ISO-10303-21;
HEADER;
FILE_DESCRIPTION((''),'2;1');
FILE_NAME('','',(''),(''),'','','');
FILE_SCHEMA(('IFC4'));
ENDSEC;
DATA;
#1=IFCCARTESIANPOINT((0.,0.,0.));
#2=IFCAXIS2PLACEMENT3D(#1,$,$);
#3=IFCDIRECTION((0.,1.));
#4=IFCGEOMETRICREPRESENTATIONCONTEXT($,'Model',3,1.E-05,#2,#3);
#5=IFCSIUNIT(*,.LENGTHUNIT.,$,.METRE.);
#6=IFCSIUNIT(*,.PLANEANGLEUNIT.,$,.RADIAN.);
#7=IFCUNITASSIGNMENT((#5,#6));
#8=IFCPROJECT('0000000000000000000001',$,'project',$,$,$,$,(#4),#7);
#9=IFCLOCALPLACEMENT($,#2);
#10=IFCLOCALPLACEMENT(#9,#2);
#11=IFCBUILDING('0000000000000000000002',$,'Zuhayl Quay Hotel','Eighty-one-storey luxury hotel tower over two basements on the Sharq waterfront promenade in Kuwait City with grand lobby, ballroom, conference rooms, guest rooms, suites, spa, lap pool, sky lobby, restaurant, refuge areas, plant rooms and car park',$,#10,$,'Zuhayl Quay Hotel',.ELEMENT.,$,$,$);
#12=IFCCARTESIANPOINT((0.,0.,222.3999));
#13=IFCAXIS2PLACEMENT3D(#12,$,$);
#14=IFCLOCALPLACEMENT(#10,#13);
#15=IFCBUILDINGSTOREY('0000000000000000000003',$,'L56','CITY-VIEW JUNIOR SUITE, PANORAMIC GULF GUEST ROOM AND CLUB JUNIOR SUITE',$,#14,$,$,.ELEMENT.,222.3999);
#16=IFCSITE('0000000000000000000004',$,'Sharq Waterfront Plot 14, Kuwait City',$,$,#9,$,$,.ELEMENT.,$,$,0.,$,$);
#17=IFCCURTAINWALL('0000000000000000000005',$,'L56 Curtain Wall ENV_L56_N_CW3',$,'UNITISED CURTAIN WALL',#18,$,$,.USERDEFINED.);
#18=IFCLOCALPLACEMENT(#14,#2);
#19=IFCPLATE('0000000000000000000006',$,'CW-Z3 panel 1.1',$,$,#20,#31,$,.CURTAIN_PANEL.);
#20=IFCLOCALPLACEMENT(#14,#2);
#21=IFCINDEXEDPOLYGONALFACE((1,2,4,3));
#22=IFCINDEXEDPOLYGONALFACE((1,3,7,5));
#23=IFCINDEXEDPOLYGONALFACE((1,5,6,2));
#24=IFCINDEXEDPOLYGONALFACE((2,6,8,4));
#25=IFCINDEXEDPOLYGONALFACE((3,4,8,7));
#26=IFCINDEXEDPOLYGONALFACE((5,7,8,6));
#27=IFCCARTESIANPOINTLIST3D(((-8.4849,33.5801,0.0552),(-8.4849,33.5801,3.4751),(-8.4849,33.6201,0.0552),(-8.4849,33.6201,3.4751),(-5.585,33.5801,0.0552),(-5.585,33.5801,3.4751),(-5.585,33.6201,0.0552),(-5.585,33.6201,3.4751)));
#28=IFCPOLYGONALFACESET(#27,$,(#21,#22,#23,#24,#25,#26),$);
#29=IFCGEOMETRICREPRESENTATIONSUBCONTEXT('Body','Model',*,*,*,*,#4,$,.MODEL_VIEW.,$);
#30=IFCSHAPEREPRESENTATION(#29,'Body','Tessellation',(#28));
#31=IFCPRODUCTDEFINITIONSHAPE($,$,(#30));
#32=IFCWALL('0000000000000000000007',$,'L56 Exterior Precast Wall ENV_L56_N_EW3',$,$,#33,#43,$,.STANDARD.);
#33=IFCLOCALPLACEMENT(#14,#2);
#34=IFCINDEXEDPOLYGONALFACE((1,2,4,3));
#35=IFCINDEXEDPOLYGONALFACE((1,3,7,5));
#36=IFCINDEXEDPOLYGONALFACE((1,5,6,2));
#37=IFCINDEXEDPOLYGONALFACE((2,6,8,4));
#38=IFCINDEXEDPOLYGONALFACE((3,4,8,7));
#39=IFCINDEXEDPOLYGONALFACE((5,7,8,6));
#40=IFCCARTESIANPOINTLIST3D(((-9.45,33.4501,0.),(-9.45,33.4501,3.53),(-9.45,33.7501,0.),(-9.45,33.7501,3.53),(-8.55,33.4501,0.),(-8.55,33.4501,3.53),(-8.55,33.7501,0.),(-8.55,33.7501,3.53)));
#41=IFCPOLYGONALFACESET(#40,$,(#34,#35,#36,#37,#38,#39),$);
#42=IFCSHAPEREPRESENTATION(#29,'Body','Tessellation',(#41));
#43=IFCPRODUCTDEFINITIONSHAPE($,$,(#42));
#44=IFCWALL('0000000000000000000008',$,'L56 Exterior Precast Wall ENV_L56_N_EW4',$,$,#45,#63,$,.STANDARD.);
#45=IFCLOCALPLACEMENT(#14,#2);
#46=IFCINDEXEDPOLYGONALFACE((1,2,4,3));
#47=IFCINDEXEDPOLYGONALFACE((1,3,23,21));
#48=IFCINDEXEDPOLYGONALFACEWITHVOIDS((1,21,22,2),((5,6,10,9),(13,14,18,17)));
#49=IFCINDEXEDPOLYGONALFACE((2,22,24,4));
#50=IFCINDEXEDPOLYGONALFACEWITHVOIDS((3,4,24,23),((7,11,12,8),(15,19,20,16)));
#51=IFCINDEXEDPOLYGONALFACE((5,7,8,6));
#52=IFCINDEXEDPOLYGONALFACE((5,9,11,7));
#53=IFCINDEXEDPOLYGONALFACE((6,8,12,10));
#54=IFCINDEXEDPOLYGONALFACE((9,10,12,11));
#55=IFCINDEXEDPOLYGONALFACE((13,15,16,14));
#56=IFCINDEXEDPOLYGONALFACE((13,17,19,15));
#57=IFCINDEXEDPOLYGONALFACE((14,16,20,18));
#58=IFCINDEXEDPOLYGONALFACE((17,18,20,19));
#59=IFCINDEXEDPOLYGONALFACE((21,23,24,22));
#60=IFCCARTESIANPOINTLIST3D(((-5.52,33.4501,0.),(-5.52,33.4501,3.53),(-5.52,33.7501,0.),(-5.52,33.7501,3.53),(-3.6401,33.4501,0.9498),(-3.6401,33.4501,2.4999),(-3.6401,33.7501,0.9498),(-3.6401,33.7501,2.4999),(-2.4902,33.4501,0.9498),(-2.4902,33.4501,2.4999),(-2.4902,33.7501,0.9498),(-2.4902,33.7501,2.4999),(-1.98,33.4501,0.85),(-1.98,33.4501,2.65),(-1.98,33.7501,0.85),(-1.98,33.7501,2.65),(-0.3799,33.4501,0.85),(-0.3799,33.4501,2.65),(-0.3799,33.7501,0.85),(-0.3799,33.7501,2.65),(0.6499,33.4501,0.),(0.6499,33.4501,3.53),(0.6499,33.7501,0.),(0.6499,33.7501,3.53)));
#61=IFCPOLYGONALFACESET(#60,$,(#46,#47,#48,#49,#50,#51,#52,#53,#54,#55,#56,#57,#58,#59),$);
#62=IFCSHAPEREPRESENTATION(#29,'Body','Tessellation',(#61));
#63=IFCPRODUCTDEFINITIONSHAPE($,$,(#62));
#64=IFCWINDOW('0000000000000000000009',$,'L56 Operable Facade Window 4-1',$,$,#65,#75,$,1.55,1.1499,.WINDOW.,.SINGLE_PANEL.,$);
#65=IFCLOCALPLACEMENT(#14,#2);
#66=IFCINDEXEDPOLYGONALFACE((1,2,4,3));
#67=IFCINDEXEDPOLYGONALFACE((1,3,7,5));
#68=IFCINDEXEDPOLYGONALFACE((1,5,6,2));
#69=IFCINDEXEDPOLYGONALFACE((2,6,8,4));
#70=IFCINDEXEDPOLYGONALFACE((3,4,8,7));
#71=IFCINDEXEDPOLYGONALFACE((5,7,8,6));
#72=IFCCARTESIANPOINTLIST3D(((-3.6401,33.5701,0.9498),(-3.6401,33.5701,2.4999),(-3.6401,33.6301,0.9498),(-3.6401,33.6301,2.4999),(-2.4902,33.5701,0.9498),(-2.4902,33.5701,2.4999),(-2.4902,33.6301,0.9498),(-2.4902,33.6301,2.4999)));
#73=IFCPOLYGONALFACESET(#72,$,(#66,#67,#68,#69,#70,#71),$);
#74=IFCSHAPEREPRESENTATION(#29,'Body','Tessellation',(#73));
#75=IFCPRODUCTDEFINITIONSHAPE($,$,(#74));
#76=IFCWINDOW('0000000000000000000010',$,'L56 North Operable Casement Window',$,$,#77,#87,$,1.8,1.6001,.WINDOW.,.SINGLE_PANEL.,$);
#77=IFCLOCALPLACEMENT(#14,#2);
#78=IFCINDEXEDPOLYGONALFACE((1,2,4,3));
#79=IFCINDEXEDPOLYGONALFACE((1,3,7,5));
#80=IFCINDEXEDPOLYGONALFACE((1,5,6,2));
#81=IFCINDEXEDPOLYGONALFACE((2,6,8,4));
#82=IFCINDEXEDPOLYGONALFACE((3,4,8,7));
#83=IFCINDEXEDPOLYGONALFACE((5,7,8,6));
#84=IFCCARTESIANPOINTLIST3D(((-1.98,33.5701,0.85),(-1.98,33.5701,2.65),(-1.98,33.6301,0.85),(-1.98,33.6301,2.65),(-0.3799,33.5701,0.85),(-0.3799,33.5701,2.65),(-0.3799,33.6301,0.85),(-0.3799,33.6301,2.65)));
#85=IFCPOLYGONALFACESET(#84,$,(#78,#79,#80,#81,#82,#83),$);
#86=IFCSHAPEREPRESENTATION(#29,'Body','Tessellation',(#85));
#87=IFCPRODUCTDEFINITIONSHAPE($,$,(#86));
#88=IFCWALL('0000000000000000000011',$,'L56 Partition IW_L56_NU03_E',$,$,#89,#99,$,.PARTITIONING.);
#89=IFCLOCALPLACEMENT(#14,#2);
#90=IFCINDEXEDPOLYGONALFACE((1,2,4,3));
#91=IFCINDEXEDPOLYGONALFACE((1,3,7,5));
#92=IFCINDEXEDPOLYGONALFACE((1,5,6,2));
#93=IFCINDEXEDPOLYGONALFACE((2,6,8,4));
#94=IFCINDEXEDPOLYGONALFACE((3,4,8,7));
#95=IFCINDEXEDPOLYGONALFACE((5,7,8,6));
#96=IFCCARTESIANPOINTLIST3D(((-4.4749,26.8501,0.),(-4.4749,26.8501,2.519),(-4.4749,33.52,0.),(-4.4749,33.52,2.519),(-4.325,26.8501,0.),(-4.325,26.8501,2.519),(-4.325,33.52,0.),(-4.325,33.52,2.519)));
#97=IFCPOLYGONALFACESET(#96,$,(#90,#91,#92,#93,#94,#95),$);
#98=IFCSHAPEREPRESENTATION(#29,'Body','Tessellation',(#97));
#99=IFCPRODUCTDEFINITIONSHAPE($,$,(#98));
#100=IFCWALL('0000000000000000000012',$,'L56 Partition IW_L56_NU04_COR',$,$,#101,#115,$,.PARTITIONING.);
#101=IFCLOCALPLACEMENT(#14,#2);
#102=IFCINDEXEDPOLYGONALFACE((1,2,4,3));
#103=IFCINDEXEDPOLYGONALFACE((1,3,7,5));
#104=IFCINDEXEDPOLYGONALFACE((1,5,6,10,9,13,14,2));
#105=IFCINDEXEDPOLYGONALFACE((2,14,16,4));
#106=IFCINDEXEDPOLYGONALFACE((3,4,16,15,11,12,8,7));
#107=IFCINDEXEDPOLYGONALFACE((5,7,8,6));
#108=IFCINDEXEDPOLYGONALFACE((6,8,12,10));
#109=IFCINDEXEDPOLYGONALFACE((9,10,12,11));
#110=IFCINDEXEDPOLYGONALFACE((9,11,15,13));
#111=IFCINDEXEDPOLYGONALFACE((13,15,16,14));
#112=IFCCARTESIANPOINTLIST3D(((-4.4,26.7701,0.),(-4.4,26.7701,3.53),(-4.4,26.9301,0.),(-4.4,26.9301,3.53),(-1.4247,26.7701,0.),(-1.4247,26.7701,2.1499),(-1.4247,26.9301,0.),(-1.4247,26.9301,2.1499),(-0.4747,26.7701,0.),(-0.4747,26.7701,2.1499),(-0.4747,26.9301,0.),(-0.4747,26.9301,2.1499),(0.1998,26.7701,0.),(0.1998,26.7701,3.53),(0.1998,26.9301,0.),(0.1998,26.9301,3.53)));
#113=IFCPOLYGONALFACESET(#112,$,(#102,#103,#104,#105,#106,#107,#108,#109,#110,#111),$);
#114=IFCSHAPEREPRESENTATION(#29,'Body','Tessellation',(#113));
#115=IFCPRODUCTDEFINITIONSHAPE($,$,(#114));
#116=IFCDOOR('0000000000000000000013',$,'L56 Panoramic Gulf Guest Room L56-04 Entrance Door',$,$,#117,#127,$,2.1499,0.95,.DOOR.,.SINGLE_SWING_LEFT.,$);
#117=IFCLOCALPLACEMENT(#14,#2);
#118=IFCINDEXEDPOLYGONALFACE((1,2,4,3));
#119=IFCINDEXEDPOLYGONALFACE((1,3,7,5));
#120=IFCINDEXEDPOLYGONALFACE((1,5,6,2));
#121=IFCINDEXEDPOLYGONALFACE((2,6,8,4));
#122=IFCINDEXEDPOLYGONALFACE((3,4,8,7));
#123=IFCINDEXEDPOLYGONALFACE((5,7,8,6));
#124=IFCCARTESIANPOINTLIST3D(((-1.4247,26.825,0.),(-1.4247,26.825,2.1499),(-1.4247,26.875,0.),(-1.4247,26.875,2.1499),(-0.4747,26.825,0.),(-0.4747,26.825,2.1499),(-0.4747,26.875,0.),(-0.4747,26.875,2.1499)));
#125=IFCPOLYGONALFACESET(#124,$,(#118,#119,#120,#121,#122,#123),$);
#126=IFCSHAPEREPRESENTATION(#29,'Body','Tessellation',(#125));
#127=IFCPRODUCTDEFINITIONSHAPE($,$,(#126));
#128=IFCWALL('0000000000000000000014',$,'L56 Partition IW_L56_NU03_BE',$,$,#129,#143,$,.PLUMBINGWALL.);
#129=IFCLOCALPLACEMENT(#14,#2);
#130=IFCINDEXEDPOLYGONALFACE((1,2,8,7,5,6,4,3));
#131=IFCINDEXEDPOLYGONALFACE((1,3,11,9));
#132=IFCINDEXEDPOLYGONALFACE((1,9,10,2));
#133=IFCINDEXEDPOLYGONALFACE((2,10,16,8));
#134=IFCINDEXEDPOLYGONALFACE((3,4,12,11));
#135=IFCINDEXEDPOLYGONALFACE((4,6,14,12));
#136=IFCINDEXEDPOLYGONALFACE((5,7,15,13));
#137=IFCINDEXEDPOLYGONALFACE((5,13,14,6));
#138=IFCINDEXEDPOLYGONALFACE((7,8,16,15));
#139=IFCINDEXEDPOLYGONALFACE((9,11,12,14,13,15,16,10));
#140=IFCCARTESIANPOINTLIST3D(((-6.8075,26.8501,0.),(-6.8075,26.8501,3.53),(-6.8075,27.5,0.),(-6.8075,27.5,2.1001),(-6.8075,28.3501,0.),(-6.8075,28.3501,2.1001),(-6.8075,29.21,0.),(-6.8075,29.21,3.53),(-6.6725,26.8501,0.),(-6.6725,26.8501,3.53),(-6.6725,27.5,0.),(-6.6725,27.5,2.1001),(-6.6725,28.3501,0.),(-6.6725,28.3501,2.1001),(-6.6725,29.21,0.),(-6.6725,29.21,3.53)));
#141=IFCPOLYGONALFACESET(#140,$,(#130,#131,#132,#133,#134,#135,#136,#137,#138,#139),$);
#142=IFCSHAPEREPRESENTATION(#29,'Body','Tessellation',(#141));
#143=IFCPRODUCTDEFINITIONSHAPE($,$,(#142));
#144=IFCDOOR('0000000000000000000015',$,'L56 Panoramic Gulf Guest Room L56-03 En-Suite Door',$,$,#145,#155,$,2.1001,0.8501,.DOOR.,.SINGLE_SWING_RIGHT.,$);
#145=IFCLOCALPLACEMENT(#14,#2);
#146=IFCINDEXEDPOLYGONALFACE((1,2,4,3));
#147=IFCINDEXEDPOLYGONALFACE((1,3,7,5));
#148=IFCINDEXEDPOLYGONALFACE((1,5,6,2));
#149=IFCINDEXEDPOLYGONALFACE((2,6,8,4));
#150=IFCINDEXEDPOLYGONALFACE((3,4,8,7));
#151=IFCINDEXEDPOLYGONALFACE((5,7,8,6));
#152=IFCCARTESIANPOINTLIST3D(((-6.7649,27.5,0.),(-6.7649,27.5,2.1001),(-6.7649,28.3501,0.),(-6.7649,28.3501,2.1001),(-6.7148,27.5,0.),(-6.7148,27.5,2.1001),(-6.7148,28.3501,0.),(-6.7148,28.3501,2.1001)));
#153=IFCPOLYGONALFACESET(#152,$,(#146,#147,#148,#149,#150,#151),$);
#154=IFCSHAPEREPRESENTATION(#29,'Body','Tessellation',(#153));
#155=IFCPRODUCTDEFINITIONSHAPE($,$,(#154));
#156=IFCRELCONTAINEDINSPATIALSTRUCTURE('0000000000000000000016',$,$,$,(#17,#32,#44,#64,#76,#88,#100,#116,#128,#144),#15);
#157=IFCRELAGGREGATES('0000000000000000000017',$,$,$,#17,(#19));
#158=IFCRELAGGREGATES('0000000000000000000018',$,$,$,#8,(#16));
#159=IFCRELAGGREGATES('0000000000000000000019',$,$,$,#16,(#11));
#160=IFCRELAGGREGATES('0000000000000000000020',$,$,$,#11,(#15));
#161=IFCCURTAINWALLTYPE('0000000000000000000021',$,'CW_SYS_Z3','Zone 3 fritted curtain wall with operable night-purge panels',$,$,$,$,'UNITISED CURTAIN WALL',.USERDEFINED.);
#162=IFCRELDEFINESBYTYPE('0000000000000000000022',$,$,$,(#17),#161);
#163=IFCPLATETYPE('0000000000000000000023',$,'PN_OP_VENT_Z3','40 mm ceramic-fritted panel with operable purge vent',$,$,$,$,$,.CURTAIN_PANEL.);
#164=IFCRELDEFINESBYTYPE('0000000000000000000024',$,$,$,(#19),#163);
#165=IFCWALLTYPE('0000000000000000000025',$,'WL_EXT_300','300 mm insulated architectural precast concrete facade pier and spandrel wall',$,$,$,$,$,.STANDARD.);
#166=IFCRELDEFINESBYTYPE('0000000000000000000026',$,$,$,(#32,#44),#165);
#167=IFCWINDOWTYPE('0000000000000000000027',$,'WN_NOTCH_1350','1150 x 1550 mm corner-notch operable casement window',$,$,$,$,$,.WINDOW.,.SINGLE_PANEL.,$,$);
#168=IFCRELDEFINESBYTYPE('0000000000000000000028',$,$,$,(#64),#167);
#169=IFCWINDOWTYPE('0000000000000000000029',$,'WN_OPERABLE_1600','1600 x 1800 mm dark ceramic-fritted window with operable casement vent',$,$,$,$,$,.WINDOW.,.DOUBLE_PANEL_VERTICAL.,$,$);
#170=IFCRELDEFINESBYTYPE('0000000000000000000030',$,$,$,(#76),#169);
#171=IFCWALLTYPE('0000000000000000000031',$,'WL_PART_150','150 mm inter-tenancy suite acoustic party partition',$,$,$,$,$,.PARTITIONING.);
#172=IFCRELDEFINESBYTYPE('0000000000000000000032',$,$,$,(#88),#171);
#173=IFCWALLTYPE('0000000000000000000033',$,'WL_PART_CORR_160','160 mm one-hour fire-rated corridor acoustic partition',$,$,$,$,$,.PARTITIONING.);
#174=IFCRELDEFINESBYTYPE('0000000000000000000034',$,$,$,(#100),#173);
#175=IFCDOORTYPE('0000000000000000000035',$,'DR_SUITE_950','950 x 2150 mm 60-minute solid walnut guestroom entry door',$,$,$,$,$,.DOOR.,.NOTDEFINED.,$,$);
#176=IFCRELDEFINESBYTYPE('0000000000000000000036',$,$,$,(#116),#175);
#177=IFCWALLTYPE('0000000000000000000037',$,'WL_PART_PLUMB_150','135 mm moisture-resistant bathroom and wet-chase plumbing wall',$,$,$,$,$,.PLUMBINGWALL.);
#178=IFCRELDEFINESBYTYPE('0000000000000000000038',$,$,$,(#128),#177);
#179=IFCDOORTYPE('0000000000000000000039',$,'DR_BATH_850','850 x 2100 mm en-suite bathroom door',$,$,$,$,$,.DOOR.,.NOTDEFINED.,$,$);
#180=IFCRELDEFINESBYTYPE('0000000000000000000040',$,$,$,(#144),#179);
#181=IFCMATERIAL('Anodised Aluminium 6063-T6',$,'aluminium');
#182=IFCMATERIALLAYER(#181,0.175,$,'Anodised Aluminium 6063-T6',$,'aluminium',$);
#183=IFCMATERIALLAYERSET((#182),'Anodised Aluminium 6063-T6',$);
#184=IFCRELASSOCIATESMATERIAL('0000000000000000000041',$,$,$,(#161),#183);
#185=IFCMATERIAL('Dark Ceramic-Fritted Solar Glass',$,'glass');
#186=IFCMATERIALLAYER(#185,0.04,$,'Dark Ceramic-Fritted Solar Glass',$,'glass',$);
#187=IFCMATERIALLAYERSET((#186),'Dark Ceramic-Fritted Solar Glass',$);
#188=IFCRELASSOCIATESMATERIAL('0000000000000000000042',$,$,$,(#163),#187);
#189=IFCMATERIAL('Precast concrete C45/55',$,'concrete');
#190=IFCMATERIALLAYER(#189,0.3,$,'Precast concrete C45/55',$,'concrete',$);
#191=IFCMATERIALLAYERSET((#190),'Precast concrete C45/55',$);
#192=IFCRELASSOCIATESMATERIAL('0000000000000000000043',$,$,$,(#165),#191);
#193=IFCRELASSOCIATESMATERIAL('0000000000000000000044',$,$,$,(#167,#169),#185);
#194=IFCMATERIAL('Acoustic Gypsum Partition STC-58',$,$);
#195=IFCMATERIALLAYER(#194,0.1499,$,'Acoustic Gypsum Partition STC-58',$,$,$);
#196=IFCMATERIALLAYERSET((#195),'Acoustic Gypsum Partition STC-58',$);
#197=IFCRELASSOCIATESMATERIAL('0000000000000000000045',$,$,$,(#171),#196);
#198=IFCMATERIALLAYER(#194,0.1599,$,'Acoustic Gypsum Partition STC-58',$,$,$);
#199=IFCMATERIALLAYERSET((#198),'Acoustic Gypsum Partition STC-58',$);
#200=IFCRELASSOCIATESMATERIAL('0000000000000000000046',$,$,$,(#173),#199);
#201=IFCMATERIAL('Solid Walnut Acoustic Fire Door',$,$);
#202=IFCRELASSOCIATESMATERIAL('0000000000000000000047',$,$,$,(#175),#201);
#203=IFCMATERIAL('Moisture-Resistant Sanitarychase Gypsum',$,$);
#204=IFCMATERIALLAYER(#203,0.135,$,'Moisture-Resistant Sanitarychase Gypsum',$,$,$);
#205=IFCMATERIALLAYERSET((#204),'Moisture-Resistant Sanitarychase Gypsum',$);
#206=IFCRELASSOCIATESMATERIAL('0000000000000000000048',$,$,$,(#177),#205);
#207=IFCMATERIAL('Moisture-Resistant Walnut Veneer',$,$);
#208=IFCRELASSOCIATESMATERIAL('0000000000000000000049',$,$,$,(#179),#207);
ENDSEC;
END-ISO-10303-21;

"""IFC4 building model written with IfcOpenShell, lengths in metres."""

from ifc_helpers import new_model, si_unit, direction, frame, frame_2d, origin, origin_2d, place, context, subcontext, project, spatial, rectangle, extrude, material, layer, layer_set, type_object, element, fill, aggregate, save


model = new_model("IFC4")

# Units and contexts
model_context = context("Model", 3, precision=1e-05, world=origin(), true_north=direction((0.0, 1.0)))
body_context = subcontext(model_context, "Body", "Model", "MODEL_VIEW")
ifc_project = project(units=[si_unit("LENGTHUNIT", "METRE"), si_unit("PLANEANGLEUNIT", "RADIAN")], contexts=[model_context])

# Site, building, storey
site_placement = place(None, origin())
site = spatial("IfcSite", under=ifc_project, at=site_placement, Name="Sharq Waterfront Plot 14, Kuwait City", CompositionType="ELEMENT", RefElevation=0.0)
building_placement = place(site_placement, origin())
building = spatial("IfcBuilding", under=site, at=building_placement, Name="Zuhayl Quay Hotel", Description="Eighty-one-storey luxury hotel tower over two basements on the Sharq waterfront promenade in Kuwait City with grand lobby, ballroom, conference rooms, guest rooms, suites, spa, lap pool, sky lobby, restaurant, refuge areas, plant rooms and car park", LongName="Zuhayl Quay Hotel", CompositionType="ELEMENT")
storey_placement = place(building_placement, frame((0.0, 0.0, 222.3999)))
storey = spatial("IfcBuildingStorey", under=building, at=storey_placement, Name="L56", Description="CITY-VIEW JUNIOR SUITE, PANORAMIC GULF GUEST ROOM AND CLUB JUNIOR SUITE", CompositionType="ELEMENT", Elevation=222.3999)

# Shared definitions
ifc_material_1 = material(Name="Anodised Aluminium 6063-T6", Category="aluminium")
ifc_layer_1 = layer(ifc_material_1, 0.175, Name="Anodised Aluminium 6063-T6", Category="aluminium")
ifc_layer_set_1 = layer_set([ifc_layer_1], Name="Anodised Aluminium 6063-T6")
curtain_wall_type = type_object("IfcCurtainWallType", Name="CW_SYS_Z3", Description="Zone 3 fritted curtain wall with operable night-purge panels", ElementType="UNITISED CURTAIN WALL", PredefinedType="USERDEFINED", material=ifc_layer_set_1)

# Curtain wall
curtain_wall_1_placement = place(storey_placement, origin())
curtain_wall_1 = element("IfcCurtainWall", 1, at=curtain_wall_1_placement, inside=storey, type_object=curtain_wall_type, Name="L56 Curtain Wall ENV_L56_N_CW3", ObjectType="UNITISED CURTAIN WALL", PredefinedType="USERDEFINED")

# Plate
ifc_material_2 = material(Name="Dark Ceramic-Fritted Solar Glass", Category="glass")
ifc_layer_2 = layer(ifc_material_2, 0.04, Name="Dark Ceramic-Fritted Solar Glass", Category="glass")
ifc_layer_set_2 = layer_set([ifc_layer_2], Name="Dark Ceramic-Fritted Solar Glass")
plate_type = type_object("IfcPlateType", Name="PN_OP_VENT_Z3", Description="40 mm ceramic-fritted panel with operable purge vent", PredefinedType="CURTAIN_PANEL", material=ifc_layer_set_2)
plate_1_placement = place(storey_placement, frame((-7.0349, 33.6001, 0.0552), z_axis=(0.0, 0.0, 1.0), x_axis=(1.0, 0.0, 0.0)))
plate_1 = element("IfcPlate", 2, at=plate_1_placement, type_object=plate_type, Name="CW-Z3 panel 1.1", PredefinedType="CURTAIN_PANEL", context=body_context, shape_type="SweptSolid", body=[
    extrude(rectangle(XDim=2.8999, YDim=0.04, at=origin_2d()), origin(), (0.0, 0.0, 1.0), 3.4199),
])
aggregate(curtain_wall_1, [plate_1])

# Wall
ifc_material_3 = material(Name="Precast concrete C45/55", Category="concrete")
ifc_layer_3 = layer(ifc_material_3, 0.3, Name="Precast concrete C45/55", Category="concrete")
ifc_layer_set_3 = layer_set([ifc_layer_3], Name="Precast concrete C45/55")
wall_type_1 = type_object("IfcWallType", Name="WL_EXT_300", Description="300 mm insulated architectural precast concrete facade pier and spandrel wall", PredefinedType="STANDARD", material=ifc_layer_set_3)
wall_1_placement = place(storey_placement, frame((-9.45, 33.6001, 0.0), z_axis=(0.0, 0.0, 1.0), x_axis=(1.0, 0.0, 0.0)))
element("IfcWall", 3, at=wall_1_placement, inside=storey, type_object=wall_type_1, Name="L56 Exterior Precast Wall ENV_L56_N_EW3", PredefinedType="STANDARD", context=body_context, shape_type="SweptSolid", body=[
    extrude(rectangle(XDim=0.8999, YDim=0.3, at=frame_2d((0.45, 0.0))), origin(), (0.0, 0.0, 1.0), 3.53),
])

# Wall, openings, windows
wall_2_placement = place(storey_placement, frame((-5.52, 33.6001, 0.0), z_axis=(0.0, 0.0, 1.0), x_axis=(1.0, 0.0, 0.0)))
wall_2 = element("IfcWall", 4, at=wall_2_placement, inside=storey, type_object=wall_type_1, Name="L56 Exterior Precast Wall ENV_L56_N_EW4", PredefinedType="STANDARD", context=body_context, shape_type="SweptSolid", body=[
    extrude(rectangle(XDim=6.1699, YDim=0.3, at=frame_2d((3.085, 0.0))), origin(), (0.0, 0.0, 1.0), 3.53),
])
opening_1_placement = place(wall_2_placement, frame((3.54, 0.0, 0.8501)))
opening_1 = element("IfcOpeningElement", 5, at=opening_1_placement, cuts=wall_2, PredefinedType="OPENING", context=body_context, shape_type="SweptSolid", body=[
    extrude(rectangle(XDim=1.6001, YDim=1.8, at=frame_2d((0.8, 0.8999))), frame((0.0, 0.1599, 0.0), z_axis=(0.0, -1.0, 0.0), x_axis=(1.0, 0.0, 0.0)), (0.0, 0.0, 1.0), 0.3201),
])
opening_2_placement = place(wall_2_placement, frame((1.8799, 0.0, 0.95)))
opening_2 = element("IfcOpeningElement", 6, at=opening_2_placement, cuts=wall_2, PredefinedType="OPENING", context=body_context, shape_type="SweptSolid", body=[
    extrude(rectangle(XDim=1.1499, YDim=1.55, at=frame_2d((0.575, 0.7749))), frame((0.0, 0.1599, 0.0), z_axis=(0.0, -1.0, 0.0), x_axis=(1.0, 0.0, 0.0)), (0.0, 0.0, 1.0), 0.3201),
])
window_type_1 = type_object("IfcWindowType", Name="WN_NOTCH_1350", Description="1150 x 1550 mm corner-notch operable casement window", PartitioningType="SINGLE_PANEL", PredefinedType="WINDOW", material=ifc_material_2)
window_1_placement = place(opening_2_placement, origin())
window_1 = element("IfcWindow", 7, at=window_1_placement, inside=storey, type_object=window_type_1, Name="L56 Operable Facade Window 4-1", OverallHeight=1.55, OverallWidth=1.1499, PartitioningType="SINGLE_PANEL", PredefinedType="WINDOW", context=body_context, shape_type="SweptSolid", body=[
    extrude(rectangle(XDim=1.1499, YDim=1.55, at=frame_2d((0.575, 0.7749))), frame((0.0, 0.03, 0.0), z_axis=(0.0, -1.0, 0.0), x_axis=(1.0, 0.0, 0.0)), (0.0, 0.0, 1.0), 0.0601),
])
fill(opening_2, window_1)
window_type_2 = type_object("IfcWindowType", Name="WN_OPERABLE_1600", Description="1600 x 1800 mm dark ceramic-fritted window with operable casement vent", PartitioningType="DOUBLE_PANEL_VERTICAL", PredefinedType="WINDOW", material=ifc_material_2)
window_2_placement = place(opening_1_placement, origin())
window_2 = element("IfcWindow", 8, at=window_2_placement, inside=storey, type_object=window_type_2, Name="L56 North Operable Casement Window", OverallHeight=1.8, OverallWidth=1.6001, PartitioningType="SINGLE_PANEL", PredefinedType="WINDOW", context=body_context, shape_type="SweptSolid", body=[
    extrude(rectangle(XDim=1.6001, YDim=1.8, at=frame_2d((0.8, 0.8999))), frame((0.0, 0.03, 0.0), z_axis=(0.0, -1.0, 0.0), x_axis=(1.0, 0.0, 0.0)), (0.0, 0.0, 1.0), 0.0601),
])
fill(opening_1, window_2)

# Wall
ifc_material_4 = material(Name="Acoustic Gypsum Partition STC-58")
ifc_layer_4 = layer(ifc_material_4, 0.1499, Name="Acoustic Gypsum Partition STC-58")
ifc_layer_set_4 = layer_set([ifc_layer_4], Name="Acoustic Gypsum Partition STC-58")
wall_type_2 = type_object("IfcWallType", Name="WL_PART_150", Description="150 mm inter-tenancy suite acoustic party partition", PredefinedType="PARTITIONING", material=ifc_layer_set_4)
wall_3_placement = place(storey_placement, frame((-4.3999, 26.8501, 0.0), z_axis=(0.0, 0.0, 1.0), x_axis=(0.0, 1.0, 0.0)))
element("IfcWall", 9, at=wall_3_placement, inside=storey, type_object=wall_type_2, Name="L56 Partition IW_L56_NU03_E", PredefinedType="PARTITIONING", context=body_context, shape_type="SweptSolid", body=[
    extrude(rectangle(XDim=6.6699, YDim=0.1499, at=frame_2d((3.335, 0.0))), origin(), (0.0, 0.0, 1.0), 2.519),
])

# Walls, openings, doors
ifc_layer_5 = layer(ifc_material_4, 0.1599, Name="Acoustic Gypsum Partition STC-58")
ifc_layer_set_5 = layer_set([ifc_layer_5], Name="Acoustic Gypsum Partition STC-58")
wall_type_3 = type_object("IfcWallType", Name="WL_PART_CORR_160", Description="160 mm one-hour fire-rated corridor acoustic partition", PredefinedType="PARTITIONING", material=ifc_layer_set_5)
wall_4_placement = place(storey_placement, frame((-4.3999, 26.8501, 0.0), z_axis=(0.0, 0.0, 1.0), x_axis=(1.0, 0.0, 0.0)))
wall_4 = element("IfcWall", 10, at=wall_4_placement, inside=storey, type_object=wall_type_3, Name="L56 Partition IW_L56_NU04_COR", PredefinedType="PARTITIONING", context=body_context, shape_type="SweptSolid", body=[
    extrude(rectangle(XDim=4.5999, YDim=0.1599, at=frame_2d((2.2998, 0.0))), origin(), (0.0, 0.0, 1.0), 3.53),
])
opening_3_placement = place(wall_4_placement, frame((2.9751, 0.0, 0.0)))
opening_3 = element("IfcOpeningElement", 11, at=opening_3_placement, cuts=wall_4, PredefinedType="OPENING", context=body_context, shape_type="SweptSolid", body=[
    extrude(rectangle(XDim=0.95, YDim=2.1499, at=frame_2d((0.4751, 1.075))), frame((0.0, 0.0898, 0.0), z_axis=(0.0, -1.0, 0.0), x_axis=(1.0, 0.0, 0.0)), (0.0, 0.0, 1.0), 0.1799),
])
ifc_material_5 = material(Name="Solid Walnut Acoustic Fire Door")
door_type_1 = type_object("IfcDoorType", Name="DR_SUITE_950", Description="950 x 2150 mm 60-minute solid walnut guestroom entry door", OperationType="NOTDEFINED", PredefinedType="DOOR", material=ifc_material_5)
door_1_placement = place(opening_3_placement, origin())
door_1 = element("IfcDoor", 12, at=door_1_placement, inside=storey, type_object=door_type_1, Name="L56 Panoramic Gulf Guest Room L56-04 Entrance Door", OperationType="SINGLE_SWING_LEFT", OverallHeight=2.1499, OverallWidth=0.95, PredefinedType="DOOR", context=body_context, shape_type="SweptSolid", body=[
    extrude(rectangle(XDim=0.95, YDim=2.1499, at=frame_2d((0.4751, 1.075))), frame((0.0, 0.0249, 0.0), z_axis=(0.0, -1.0, 0.0), x_axis=(1.0, 0.0, 0.0)), (0.0, 0.0, 1.0), 0.05),
])
fill(opening_3, door_1)
ifc_material_6 = material(Name="Moisture-Resistant Sanitarychase Gypsum")
ifc_layer_6 = layer(ifc_material_6, 0.135, Name="Moisture-Resistant Sanitarychase Gypsum")
ifc_layer_set_6 = layer_set([ifc_layer_6], Name="Moisture-Resistant Sanitarychase Gypsum")
wall_type_4 = type_object("IfcWallType", Name="WL_PART_PLUMB_150", Description="135 mm moisture-resistant bathroom and wet-chase plumbing wall", PredefinedType="PLUMBINGWALL", material=ifc_layer_set_6)
wall_5_placement = place(storey_placement, frame((-6.74, 26.8501, 0.0), z_axis=(0.0, 0.0, 1.0), x_axis=(0.0, 1.0, 0.0)))
wall_5 = element("IfcWall", 13, at=wall_5_placement, inside=storey, type_object=wall_type_4, Name="L56 Partition IW_L56_NU03_BE", PredefinedType="PLUMBINGWALL", context=body_context, shape_type="SweptSolid", body=[
    extrude(rectangle(XDim=2.3599, YDim=0.135, at=frame_2d((1.1799, 0.0))), origin(), (0.0, 0.0, 1.0), 3.53),
])
opening_4_placement = place(wall_5_placement, frame((0.6499, 0.0, 0.0)))
opening_4 = element("IfcOpeningElement", 14, at=opening_4_placement, cuts=wall_5, PredefinedType="OPENING", context=body_context, shape_type="SweptSolid", body=[
    extrude(rectangle(XDim=0.8501, YDim=2.1001, at=frame_2d((0.425, 1.05))), frame((0.0, 0.0774, 0.0), z_axis=(0.0, -1.0, 0.0), x_axis=(1.0, 0.0, 0.0)), (0.0, 0.0, 1.0), 0.155),
])
ifc_material_7 = material(Name="Moisture-Resistant Walnut Veneer")
door_type_2 = type_object("IfcDoorType", Name="DR_BATH_850", Description="850 x 2100 mm en-suite bathroom door", OperationType="NOTDEFINED", PredefinedType="DOOR", material=ifc_material_7)
door_2_placement = place(opening_4_placement, origin())
door_2 = element("IfcDoor", 15, at=door_2_placement, inside=storey, type_object=door_type_2, Name="L56 Panoramic Gulf Guest Room L56-03 En-Suite Door", OperationType="SINGLE_SWING_RIGHT", OverallHeight=2.1001, OverallWidth=0.8501, PredefinedType="DOOR", context=body_context, shape_type="SweptSolid", body=[
    extrude(rectangle(XDim=0.8501, YDim=2.1001, at=frame_2d((0.425, 1.05))), frame((0.0, 0.0249, 0.0), z_axis=(0.0, -1.0, 0.0), x_axis=(1.0, 0.0, 0.0)), (0.0, 0.0, 1.0), 0.05),
])
fill(opening_4, door_2)

save(model, "model.ifc")
